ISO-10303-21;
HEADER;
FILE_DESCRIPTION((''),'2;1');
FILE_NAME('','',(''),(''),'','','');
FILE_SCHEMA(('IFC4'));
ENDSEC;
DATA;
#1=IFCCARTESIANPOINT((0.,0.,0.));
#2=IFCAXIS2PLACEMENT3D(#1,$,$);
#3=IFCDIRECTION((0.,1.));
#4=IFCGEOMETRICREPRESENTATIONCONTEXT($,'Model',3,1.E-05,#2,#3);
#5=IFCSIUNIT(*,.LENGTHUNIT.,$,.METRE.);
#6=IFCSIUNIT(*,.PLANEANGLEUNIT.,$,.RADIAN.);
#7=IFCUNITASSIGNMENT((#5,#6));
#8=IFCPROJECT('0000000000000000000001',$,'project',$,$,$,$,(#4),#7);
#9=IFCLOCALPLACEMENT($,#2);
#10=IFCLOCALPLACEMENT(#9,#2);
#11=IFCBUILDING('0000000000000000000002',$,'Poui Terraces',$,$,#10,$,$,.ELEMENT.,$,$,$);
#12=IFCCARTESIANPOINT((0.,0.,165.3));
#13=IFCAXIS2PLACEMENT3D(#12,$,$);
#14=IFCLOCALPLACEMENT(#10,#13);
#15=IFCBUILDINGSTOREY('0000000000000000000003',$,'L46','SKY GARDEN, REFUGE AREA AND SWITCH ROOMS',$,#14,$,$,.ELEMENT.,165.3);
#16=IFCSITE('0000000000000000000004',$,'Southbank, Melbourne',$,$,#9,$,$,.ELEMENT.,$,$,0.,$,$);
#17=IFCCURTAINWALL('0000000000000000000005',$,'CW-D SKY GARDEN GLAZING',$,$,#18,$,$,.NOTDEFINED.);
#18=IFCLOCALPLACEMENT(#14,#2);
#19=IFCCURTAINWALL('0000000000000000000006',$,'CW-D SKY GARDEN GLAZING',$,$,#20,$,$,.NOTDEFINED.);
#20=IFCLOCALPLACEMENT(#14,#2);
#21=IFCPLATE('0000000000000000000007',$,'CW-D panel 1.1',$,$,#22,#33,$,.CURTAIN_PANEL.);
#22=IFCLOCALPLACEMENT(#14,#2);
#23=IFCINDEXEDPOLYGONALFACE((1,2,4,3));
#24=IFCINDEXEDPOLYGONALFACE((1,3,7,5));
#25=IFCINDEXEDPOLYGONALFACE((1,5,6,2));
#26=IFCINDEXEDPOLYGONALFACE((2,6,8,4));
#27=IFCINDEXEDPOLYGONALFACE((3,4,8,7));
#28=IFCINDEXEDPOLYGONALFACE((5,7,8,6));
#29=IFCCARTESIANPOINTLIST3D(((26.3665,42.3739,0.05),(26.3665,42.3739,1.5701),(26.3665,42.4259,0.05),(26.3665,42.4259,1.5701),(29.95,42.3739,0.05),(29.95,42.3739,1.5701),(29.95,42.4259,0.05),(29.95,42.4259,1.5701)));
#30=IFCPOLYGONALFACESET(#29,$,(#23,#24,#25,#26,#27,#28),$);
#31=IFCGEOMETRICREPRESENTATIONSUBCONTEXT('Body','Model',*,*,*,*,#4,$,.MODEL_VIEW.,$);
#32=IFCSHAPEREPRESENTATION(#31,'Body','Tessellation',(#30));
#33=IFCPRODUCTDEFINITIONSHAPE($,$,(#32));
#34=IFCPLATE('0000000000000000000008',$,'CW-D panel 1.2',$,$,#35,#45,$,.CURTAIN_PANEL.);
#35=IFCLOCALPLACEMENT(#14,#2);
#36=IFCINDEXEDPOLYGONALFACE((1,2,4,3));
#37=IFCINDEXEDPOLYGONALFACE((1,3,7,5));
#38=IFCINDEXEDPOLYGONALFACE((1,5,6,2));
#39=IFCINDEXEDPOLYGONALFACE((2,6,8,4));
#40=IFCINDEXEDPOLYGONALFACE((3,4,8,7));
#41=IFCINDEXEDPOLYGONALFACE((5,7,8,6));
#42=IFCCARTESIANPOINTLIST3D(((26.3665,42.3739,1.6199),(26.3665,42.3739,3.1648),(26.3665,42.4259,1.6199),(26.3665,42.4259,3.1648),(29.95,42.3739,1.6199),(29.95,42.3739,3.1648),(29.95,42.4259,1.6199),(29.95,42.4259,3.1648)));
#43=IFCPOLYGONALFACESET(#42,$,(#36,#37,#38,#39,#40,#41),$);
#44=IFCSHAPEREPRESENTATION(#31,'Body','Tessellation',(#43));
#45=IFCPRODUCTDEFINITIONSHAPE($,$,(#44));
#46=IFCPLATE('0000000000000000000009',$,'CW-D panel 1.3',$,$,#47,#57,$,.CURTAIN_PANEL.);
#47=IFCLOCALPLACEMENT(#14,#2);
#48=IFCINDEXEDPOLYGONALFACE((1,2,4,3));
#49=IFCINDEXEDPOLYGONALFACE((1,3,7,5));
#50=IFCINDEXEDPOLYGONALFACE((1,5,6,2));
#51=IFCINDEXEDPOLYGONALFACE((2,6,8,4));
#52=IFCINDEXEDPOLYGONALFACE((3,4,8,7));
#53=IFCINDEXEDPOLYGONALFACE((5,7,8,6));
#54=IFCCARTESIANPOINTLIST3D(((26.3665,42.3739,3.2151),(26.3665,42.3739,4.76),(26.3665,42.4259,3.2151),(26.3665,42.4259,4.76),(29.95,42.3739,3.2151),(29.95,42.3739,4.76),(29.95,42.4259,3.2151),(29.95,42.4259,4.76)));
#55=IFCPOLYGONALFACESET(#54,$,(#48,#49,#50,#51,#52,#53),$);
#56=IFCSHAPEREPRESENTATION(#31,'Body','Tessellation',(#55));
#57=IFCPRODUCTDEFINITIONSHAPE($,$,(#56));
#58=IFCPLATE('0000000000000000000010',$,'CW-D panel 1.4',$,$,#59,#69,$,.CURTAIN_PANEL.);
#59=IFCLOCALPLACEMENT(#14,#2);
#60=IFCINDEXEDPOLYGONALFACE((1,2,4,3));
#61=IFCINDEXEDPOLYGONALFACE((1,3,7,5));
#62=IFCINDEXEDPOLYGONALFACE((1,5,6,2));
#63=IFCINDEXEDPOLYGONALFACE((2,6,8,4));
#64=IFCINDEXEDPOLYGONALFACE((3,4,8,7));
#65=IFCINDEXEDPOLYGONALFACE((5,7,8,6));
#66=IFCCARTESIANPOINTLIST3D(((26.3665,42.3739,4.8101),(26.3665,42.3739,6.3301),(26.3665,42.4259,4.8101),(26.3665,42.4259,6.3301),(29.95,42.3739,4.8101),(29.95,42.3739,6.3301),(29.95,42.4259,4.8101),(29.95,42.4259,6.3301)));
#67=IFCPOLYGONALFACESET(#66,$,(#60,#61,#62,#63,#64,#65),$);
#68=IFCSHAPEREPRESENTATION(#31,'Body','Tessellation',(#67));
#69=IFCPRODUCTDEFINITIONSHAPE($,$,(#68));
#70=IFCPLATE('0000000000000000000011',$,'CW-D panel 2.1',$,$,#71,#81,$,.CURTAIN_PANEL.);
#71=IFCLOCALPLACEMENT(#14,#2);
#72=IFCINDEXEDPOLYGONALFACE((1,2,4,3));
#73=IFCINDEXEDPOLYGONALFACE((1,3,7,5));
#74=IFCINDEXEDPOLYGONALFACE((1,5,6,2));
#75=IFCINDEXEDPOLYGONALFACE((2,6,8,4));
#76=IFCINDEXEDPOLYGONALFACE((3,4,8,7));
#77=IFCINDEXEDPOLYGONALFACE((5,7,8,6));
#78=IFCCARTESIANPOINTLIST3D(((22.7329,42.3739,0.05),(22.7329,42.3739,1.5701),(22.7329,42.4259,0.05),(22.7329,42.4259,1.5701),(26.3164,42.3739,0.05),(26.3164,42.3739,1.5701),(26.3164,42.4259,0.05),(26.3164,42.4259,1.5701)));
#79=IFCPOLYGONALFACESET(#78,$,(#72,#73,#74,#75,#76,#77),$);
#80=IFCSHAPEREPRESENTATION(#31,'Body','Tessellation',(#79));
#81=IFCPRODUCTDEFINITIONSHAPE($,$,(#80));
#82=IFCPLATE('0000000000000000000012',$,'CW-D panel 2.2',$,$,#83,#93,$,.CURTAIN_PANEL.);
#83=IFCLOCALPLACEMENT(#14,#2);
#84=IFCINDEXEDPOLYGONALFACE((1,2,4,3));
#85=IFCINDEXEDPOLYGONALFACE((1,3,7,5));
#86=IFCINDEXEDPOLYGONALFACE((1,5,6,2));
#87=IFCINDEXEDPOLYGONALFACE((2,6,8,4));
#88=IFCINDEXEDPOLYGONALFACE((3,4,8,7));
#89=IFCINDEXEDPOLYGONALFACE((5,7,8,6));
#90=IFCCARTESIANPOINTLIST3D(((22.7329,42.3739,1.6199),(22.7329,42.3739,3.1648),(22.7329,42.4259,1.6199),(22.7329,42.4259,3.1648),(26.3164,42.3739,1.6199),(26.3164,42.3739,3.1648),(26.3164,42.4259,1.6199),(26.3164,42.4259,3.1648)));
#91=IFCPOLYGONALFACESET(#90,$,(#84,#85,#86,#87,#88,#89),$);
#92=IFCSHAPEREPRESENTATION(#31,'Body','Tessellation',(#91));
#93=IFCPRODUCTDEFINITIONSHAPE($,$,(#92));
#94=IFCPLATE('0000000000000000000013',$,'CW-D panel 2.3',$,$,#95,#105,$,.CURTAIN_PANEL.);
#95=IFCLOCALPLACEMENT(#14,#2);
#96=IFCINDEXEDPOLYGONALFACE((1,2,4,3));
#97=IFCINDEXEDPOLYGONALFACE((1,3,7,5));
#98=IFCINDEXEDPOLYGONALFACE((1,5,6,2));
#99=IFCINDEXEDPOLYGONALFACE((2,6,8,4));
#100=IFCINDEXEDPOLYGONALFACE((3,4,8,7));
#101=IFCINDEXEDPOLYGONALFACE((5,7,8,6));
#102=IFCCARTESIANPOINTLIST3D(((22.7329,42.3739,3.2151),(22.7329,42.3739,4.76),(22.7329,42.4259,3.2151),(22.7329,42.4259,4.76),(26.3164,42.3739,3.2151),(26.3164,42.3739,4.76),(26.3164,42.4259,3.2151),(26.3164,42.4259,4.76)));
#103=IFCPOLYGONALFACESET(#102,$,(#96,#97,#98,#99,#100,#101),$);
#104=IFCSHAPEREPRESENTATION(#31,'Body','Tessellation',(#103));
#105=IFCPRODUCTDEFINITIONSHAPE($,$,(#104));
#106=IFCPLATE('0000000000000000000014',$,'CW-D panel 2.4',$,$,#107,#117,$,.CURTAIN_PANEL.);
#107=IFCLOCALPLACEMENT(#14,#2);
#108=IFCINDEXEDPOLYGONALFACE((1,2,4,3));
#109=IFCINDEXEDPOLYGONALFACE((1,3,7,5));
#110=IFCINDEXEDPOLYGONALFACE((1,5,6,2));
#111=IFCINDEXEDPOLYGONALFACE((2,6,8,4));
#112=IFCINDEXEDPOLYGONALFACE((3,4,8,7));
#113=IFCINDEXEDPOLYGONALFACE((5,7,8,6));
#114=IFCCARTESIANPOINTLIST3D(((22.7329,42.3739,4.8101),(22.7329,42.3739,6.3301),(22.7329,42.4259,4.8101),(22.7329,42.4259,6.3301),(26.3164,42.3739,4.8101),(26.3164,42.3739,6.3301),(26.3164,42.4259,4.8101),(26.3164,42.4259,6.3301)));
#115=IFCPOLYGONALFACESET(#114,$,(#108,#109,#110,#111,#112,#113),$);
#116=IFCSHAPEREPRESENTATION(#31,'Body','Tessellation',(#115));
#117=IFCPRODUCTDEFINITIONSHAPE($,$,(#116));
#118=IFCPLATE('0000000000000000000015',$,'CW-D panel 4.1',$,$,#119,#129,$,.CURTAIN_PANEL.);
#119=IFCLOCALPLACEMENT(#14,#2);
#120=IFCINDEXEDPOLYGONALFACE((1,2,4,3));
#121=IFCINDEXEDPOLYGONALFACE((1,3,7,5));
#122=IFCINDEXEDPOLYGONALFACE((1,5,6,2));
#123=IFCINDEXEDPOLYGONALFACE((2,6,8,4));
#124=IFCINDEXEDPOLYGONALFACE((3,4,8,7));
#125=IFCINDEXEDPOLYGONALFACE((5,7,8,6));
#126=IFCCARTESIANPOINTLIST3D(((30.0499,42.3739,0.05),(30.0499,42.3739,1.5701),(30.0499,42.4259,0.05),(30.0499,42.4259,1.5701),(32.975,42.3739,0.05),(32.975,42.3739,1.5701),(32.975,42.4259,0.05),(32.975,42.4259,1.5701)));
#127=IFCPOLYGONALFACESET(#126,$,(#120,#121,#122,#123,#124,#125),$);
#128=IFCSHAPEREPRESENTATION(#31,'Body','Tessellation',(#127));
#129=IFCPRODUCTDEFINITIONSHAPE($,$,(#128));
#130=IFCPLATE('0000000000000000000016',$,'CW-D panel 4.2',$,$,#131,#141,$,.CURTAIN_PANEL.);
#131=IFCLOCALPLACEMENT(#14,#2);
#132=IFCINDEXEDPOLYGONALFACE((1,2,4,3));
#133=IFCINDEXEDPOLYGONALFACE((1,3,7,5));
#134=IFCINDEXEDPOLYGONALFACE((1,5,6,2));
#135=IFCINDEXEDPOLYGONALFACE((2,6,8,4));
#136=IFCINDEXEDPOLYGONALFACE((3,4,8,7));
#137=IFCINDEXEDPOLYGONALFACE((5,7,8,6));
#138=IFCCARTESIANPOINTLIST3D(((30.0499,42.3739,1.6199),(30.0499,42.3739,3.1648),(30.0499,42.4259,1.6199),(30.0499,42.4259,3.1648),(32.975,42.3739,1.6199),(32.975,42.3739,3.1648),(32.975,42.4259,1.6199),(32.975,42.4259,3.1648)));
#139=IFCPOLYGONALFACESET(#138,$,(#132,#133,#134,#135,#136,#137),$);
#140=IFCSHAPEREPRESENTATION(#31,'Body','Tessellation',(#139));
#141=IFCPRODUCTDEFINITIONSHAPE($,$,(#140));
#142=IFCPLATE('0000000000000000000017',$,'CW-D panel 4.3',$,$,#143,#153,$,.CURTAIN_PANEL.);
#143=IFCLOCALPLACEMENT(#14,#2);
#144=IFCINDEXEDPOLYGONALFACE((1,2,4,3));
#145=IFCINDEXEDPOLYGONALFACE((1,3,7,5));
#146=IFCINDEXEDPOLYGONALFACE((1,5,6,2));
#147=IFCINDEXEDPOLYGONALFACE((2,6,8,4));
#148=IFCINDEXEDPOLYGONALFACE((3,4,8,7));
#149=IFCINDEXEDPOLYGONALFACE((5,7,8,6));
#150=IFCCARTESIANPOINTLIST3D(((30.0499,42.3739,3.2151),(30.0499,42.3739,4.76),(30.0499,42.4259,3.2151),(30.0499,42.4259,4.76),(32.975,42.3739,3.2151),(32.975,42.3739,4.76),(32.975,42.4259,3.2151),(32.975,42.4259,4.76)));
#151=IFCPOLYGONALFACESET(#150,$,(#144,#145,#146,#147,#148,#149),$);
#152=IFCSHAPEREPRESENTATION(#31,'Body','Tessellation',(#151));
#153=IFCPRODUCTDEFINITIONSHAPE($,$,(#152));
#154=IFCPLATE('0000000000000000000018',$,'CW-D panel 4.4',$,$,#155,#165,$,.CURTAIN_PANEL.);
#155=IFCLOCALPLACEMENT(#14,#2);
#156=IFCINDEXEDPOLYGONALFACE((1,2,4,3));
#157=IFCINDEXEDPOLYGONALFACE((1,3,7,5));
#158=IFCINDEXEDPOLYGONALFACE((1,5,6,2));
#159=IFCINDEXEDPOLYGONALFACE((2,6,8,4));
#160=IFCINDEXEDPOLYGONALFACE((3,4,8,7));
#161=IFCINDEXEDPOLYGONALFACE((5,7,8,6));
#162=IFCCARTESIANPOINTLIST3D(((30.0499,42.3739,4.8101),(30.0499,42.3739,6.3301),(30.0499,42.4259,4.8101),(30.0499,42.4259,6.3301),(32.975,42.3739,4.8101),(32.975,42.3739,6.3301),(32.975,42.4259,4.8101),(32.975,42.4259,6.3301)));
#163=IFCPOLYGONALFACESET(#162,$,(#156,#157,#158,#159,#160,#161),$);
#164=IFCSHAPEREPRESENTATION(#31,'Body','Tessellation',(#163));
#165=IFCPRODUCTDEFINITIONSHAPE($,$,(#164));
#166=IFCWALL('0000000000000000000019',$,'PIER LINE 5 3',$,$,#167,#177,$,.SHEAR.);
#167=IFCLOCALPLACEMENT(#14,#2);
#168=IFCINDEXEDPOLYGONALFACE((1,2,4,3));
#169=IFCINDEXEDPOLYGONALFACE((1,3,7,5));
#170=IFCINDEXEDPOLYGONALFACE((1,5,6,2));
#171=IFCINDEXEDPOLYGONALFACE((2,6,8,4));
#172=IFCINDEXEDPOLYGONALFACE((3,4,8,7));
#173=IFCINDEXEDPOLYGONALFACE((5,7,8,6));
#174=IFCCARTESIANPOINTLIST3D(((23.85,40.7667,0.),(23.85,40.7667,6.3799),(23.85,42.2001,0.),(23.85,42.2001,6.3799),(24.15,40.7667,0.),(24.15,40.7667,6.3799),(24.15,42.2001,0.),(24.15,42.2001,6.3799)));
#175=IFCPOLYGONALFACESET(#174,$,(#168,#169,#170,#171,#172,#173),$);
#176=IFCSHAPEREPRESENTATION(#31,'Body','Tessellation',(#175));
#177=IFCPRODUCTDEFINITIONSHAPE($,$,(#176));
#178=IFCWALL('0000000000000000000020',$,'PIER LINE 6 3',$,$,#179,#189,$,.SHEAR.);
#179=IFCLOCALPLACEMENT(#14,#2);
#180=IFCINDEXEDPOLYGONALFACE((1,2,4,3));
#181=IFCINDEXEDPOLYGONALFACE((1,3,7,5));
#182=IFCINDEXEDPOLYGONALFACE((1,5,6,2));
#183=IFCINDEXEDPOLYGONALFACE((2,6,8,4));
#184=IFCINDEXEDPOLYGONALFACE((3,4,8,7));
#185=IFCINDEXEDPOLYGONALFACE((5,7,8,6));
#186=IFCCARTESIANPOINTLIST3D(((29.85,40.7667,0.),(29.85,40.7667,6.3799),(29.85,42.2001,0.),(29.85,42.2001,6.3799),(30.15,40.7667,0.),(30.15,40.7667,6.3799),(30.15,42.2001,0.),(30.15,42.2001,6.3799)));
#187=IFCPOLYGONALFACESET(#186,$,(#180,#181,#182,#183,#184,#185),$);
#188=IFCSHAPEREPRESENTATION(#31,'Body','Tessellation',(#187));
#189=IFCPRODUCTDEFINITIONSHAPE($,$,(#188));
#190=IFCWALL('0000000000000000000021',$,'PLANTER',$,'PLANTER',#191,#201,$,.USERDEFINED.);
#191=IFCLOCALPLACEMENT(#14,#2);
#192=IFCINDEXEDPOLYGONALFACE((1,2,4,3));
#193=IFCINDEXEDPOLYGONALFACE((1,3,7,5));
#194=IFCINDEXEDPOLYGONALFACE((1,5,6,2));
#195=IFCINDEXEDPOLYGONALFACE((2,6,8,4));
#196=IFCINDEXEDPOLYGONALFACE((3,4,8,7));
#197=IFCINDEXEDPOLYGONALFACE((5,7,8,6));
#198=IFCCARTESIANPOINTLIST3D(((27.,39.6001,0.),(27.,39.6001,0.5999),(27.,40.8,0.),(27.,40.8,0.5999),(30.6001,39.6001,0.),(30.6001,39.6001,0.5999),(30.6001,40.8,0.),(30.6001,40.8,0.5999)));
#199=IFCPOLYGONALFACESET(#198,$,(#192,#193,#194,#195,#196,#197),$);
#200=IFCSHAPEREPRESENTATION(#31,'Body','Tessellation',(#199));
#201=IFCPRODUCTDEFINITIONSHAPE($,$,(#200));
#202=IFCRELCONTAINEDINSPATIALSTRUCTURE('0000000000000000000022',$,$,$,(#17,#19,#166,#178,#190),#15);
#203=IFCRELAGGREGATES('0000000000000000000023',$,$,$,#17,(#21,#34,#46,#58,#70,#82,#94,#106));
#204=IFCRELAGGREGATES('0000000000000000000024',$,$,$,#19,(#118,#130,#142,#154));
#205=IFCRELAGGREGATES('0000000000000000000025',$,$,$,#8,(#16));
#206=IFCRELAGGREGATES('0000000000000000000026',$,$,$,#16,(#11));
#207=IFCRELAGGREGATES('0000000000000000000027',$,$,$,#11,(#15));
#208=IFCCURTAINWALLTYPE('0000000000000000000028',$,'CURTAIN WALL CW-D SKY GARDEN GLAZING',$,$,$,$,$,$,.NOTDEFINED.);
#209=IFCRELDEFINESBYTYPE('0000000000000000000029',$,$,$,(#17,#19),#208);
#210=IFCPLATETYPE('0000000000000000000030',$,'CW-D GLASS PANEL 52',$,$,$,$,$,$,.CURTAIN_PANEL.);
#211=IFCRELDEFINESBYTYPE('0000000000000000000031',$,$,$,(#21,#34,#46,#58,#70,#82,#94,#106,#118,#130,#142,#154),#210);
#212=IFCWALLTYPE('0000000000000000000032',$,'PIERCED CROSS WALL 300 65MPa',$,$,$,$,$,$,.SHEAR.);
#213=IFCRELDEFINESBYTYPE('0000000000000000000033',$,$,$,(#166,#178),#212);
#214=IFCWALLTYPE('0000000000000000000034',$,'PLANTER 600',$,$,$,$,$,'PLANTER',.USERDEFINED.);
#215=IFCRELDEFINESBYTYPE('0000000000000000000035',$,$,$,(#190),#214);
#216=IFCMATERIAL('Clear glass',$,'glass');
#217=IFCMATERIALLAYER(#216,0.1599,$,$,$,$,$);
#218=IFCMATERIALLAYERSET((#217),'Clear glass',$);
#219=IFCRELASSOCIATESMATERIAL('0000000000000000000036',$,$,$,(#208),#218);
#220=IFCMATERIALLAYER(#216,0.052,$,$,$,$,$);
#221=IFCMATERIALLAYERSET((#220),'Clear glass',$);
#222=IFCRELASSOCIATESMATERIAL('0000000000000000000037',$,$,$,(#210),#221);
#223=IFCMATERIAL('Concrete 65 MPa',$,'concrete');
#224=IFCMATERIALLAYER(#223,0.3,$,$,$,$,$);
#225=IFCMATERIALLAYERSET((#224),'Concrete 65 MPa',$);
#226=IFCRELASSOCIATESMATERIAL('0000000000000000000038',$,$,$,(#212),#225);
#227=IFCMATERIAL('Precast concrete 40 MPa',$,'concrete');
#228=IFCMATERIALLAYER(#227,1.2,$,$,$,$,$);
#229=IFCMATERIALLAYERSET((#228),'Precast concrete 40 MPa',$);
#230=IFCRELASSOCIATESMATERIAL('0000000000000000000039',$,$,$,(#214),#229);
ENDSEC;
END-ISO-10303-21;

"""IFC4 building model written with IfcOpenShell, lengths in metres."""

from ifc_helpers import new_model, si_unit, direction, frame, frame_2d, origin, origin_2d, place, context, subcontext, project, spatial, polyline, rectangle, outline, extrude, source, transform, mapped, material, layer, layer_set, type_object, element, aggregate, save


model = new_model("IFC4")

# Units and contexts
model_context = context("Model", 3, precision=1e-05, world=origin(), true_north=direction((0.0, 1.0)))
body_context = subcontext(model_context, "Body", "Model", "MODEL_VIEW")
ifc_project = project(units=[si_unit("LENGTHUNIT", "METRE"), si_unit("PLANEANGLEUNIT", "RADIAN")], contexts=[model_context])

# Site, building, storey
site_placement = place(None, origin())
site = spatial("IfcSite", under=ifc_project, at=site_placement, Name="Southbank, Melbourne", CompositionType="ELEMENT", RefElevation=0.0)
building_placement = place(site_placement, origin())
building = spatial("IfcBuilding", under=site, at=building_placement, Name="Poui Terraces", CompositionType="ELEMENT")
storey_placement = place(building_placement, frame((0.0, 0.0, 165.3)))
storey = spatial("IfcBuildingStorey", under=building, at=storey_placement, Name="L46", Description="SKY GARDEN, REFUGE AREA AND SWITCH ROOMS", CompositionType="ELEMENT", Elevation=165.3)

# Curtain wall
ifc_material_1 = material(Name="Clear glass", Category="glass")
ifc_layer_1 = layer(ifc_material_1, 0.1599)
ifc_layer_set_1 = layer_set([ifc_layer_1], Name="Clear glass")
curtain_wall_type = type_object("IfcCurtainWallType", Name="CURTAIN WALL CW-D SKY GARDEN GLAZING", PredefinedType="NOTDEFINED", material=ifc_layer_set_1)
curtain_wall_1_placement = place(storey_placement, origin())
curtain_wall_1 = element("IfcCurtainWall", 1, at=curtain_wall_1_placement, inside=storey, type_object=curtain_wall_type, Name="CW-D SKY GARDEN GLAZING", PredefinedType="NOTDEFINED")

# Curtain wall
curtain_wall_2_placement = place(storey_placement, origin())
curtain_wall_2 = element("IfcCurtainWall", 2, at=curtain_wall_2_placement, inside=storey, type_object=curtain_wall_type, Name="CW-D SKY GARDEN GLAZING", PredefinedType="NOTDEFINED")

# Plates
ifc_layer_2 = layer(ifc_material_1, 0.052)
ifc_layer_set_2 = layer_set([ifc_layer_2], Name="Clear glass")
plate_type = type_object("IfcPlateType", Name="CW-D GLASS PANEL 52", PredefinedType="CURTAIN_PANEL", material=ifc_layer_set_2)
plate_1_placement = place(storey_placement, frame((28.1582, 42.3999, 0.05), z_axis=(0.0, 0.0, 1.0), x_axis=(-1.0, 0.0, 0.0)))
plate_1 = element("IfcPlate", 3, at=plate_1_placement, type_object=plate_type, Name="CW-D panel 1.1", PredefinedType="CURTAIN_PANEL", context=body_context, shape_type="SweptSolid", body=[
    extrude(rectangle(XDim=3.5835, YDim=0.052, at=origin_2d()), origin(), (0.0, 0.0, 1.0), 1.52),
])
plate_2_placement = place(storey_placement, frame((28.1582, 42.3999, 1.6199), z_axis=(0.0, 0.0, 1.0), x_axis=(-1.0, 0.0, 0.0)))
plate_2 = element("IfcPlate", 4, at=plate_2_placement, type_object=plate_type, Name="CW-D panel 1.2", PredefinedType="CURTAIN_PANEL", context=body_context, shape_type="SweptSolid", body=[
    extrude(rectangle(XDim=3.5835, YDim=0.052, at=origin_2d()), origin(), (0.0, 0.0, 1.0), 1.5449),
])
plate_3_placement = place(storey_placement, frame((28.1582, 42.3999, 3.2151), z_axis=(0.0, 0.0, 1.0), x_axis=(-1.0, 0.0, 0.0)))
plate_3 = element("IfcPlate", 5, at=plate_3_placement, type_object=plate_type, Name="CW-D panel 1.3", PredefinedType="CURTAIN_PANEL", context=body_context, shape_type="SweptSolid", body=[
    extrude(rectangle(XDim=3.5835, YDim=0.052, at=origin_2d()), origin(), (0.0, 0.0, 1.0), 1.5449),
])
plate_4_placement = place(storey_placement, frame((28.1582, 42.3999, 4.8101), z_axis=(0.0, 0.0, 1.0), x_axis=(-1.0, 0.0, 0.0)))
plate_4 = element("IfcPlate", 6, at=plate_4_placement, type_object=plate_type, Name="CW-D panel 1.4", PredefinedType="CURTAIN_PANEL", context=body_context, shape_type="SweptSolid", body=[
    extrude(rectangle(XDim=3.5835, YDim=0.052, at=origin_2d()), origin(), (0.0, 0.0, 1.0), 1.52),
])
plate_5_placement = place(storey_placement, frame((24.5247, 42.3999, 0.05), z_axis=(0.0, 0.0, 1.0), x_axis=(-1.0, 0.0, 0.0)))
plate_5 = element("IfcPlate", 7, at=plate_5_placement, type_object=plate_type, Name="CW-D panel 2.1", PredefinedType="CURTAIN_PANEL", context=body_context, shape_type="SweptSolid", body=[
    extrude(rectangle(XDim=3.5835, YDim=0.052, at=origin_2d()), origin(), (0.0, 0.0, 1.0), 1.52),
])
plate_6_placement = place(storey_placement, frame((24.5247, 42.3999, 1.6199), z_axis=(0.0, 0.0, 1.0), x_axis=(-1.0, 0.0, 0.0)))
plate_6 = element("IfcPlate", 8, at=plate_6_placement, type_object=plate_type, Name="CW-D panel 2.2", PredefinedType="CURTAIN_PANEL", context=body_context, shape_type="SweptSolid", body=[
    extrude(rectangle(XDim=3.5835, YDim=0.052, at=origin_2d()), origin(), (0.0, 0.0, 1.0), 1.5449),
])
plate_7_placement = place(storey_placement, frame((24.5247, 42.3999, 3.2151), z_axis=(0.0, 0.0, 1.0), x_axis=(-1.0, 0.0, 0.0)))
plate_7 = element("IfcPlate", 9, at=plate_7_placement, type_object=plate_type, Name="CW-D panel 2.3", PredefinedType="CURTAIN_PANEL", context=body_context, shape_type="SweptSolid", body=[
    extrude(rectangle(XDim=3.5835, YDim=0.052, at=origin_2d()), origin(), (0.0, 0.0, 1.0), 1.5449),
])
plate_8_placement = place(storey_placement, frame((24.5247, 42.3999, 4.8101), z_axis=(0.0, 0.0, 1.0), x_axis=(-1.0, 0.0, 0.0)))
plate_8 = element("IfcPlate", 10, at=plate_8_placement, type_object=plate_type, Name="CW-D panel 2.4", PredefinedType="CURTAIN_PANEL", context=body_context, shape_type="SweptSolid", body=[
    extrude(rectangle(XDim=3.5835, YDim=0.052, at=origin_2d()), origin(), (0.0, 0.0, 1.0), 1.52),
])
aggregate(curtain_wall_1, [plate_1, plate_2, plate_3, plate_4, plate_5, plate_6, plate_7, plate_8])
plate_9_placement = place(storey_placement, frame((31.5125, 42.3999, 0.05), z_axis=(0.0, 0.0, 1.0), x_axis=(-1.0, 0.0, 0.0)))
plate_9 = element("IfcPlate", 11, at=plate_9_placement, type_object=plate_type, Name="CW-D panel 4.1", PredefinedType="CURTAIN_PANEL", context=body_context, shape_type="SweptSolid", body=[
    extrude(rectangle(XDim=2.925, YDim=0.052, at=origin_2d()), origin(), (0.0, 0.0, 1.0), 1.52),
])
plate_10_placement = place(storey_placement, frame((31.5125, 42.3999, 1.6199), z_axis=(0.0, 0.0, 1.0), x_axis=(-1.0, 0.0, 0.0)))
plate_10 = element("IfcPlate", 12, at=plate_10_placement, type_object=plate_type, Name="CW-D panel 4.2", PredefinedType="CURTAIN_PANEL", context=body_context, shape_type="SweptSolid", body=[
    extrude(rectangle(XDim=2.925, YDim=0.052, at=origin_2d()), origin(), (0.0, 0.0, 1.0), 1.5449),
])
plate_11_placement = place(storey_placement, frame((31.5125, 42.3999, 3.2151), z_axis=(0.0, 0.0, 1.0), x_axis=(-1.0, 0.0, 0.0)))
plate_11 = element("IfcPlate", 13, at=plate_11_placement, type_object=plate_type, Name="CW-D panel 4.3", PredefinedType="CURTAIN_PANEL", context=body_context, shape_type="SweptSolid", body=[
    extrude(rectangle(XDim=2.925, YDim=0.052, at=origin_2d()), origin(), (0.0, 0.0, 1.0), 1.5449),
])
plate_12_placement = place(storey_placement, frame((31.5125, 42.3999, 4.8101), z_axis=(0.0, 0.0, 1.0), x_axis=(-1.0, 0.0, 0.0)))
plate_12 = element("IfcPlate", 14, at=plate_12_placement, type_object=plate_type, Name="CW-D panel 4.4", PredefinedType="CURTAIN_PANEL", context=body_context, shape_type="SweptSolid", body=[
    extrude(rectangle(XDim=2.925, YDim=0.052, at=origin_2d()), origin(), (0.0, 0.0, 1.0), 1.52),
])
aggregate(curtain_wall_2, [plate_9, plate_10, plate_11, plate_12])

# Walls
ifc_material_2 = material(Name="Concrete 65 MPa", Category="concrete")
ifc_layer_3 = layer(ifc_material_2, 0.3)
ifc_layer_set_3 = layer_set([ifc_layer_3], Name="Concrete 65 MPa")
wall_type_1 = type_object("IfcWallType", Name="PIERCED CROSS WALL 300 65MPa", PredefinedType="SHEAR", material=ifc_layer_set_3)
for number, where, z_axis, x_axis, name in (
    (15, (24.0, 40.7666, 0.0), (0.0, 0.0, 1.0), (0.0, 1.0, 0.0), "PIER LINE 5 3"),
    (16, (30.0, 40.7666, 0.0), (0.0, 0.0, 1.0), (0.0, 1.0, 0.0), "PIER LINE 6 3"),
):
    element("IfcWall", number, at=place(storey_placement, frame(where, z_axis=z_axis, x_axis=x_axis)), inside=storey, type_object=wall_type_1, Name=name, PredefinedType="SHEAR", context=body_context, shape_type="SweptSolid", body=[
        extrude(rectangle(XDim=1.4333, YDim=0.3, at=frame_2d((0.7168, 0.0))), origin(), (0.0, 0.0, 1.0), 6.3799),
    ])
ifc_material_3 = material(Name="Precast concrete 40 MPa", Category="concrete")
ifc_layer_4 = layer(ifc_material_3, 1.2)
ifc_layer_set_4 = layer_set([ifc_layer_4], Name="Precast concrete 40 MPa")
wall_type_2 = type_object("IfcWallType", Name="PLANTER 600", ElementType="PLANTER", PredefinedType="USERDEFINED", material=ifc_layer_set_4)
shared_shape = source(origin(), body_context, "Body", "SweptSolid", [
    extrude(outline(polyline([(0.0, 0.0), (3.6001, 0.0), (3.6001, 1.2), (0.0, 1.2), (0.0, 0.0)])), origin(), (0.0, 0.0, 1.0), 0.5999),
])
wall_placement = place(storey_placement, frame((27.0, 39.6001, 0.0)))
element("IfcWall", 17, at=wall_placement, inside=storey, type_object=wall_type_2, Name="PLANTER", ObjectType="PLANTER", PredefinedType="USERDEFINED", context=body_context, shape_type="MappedRepresentation", body=[
    mapped(shared_shape, transform((0.0, 0.0, 0.0))),
])

save(model, "model.ifc")
